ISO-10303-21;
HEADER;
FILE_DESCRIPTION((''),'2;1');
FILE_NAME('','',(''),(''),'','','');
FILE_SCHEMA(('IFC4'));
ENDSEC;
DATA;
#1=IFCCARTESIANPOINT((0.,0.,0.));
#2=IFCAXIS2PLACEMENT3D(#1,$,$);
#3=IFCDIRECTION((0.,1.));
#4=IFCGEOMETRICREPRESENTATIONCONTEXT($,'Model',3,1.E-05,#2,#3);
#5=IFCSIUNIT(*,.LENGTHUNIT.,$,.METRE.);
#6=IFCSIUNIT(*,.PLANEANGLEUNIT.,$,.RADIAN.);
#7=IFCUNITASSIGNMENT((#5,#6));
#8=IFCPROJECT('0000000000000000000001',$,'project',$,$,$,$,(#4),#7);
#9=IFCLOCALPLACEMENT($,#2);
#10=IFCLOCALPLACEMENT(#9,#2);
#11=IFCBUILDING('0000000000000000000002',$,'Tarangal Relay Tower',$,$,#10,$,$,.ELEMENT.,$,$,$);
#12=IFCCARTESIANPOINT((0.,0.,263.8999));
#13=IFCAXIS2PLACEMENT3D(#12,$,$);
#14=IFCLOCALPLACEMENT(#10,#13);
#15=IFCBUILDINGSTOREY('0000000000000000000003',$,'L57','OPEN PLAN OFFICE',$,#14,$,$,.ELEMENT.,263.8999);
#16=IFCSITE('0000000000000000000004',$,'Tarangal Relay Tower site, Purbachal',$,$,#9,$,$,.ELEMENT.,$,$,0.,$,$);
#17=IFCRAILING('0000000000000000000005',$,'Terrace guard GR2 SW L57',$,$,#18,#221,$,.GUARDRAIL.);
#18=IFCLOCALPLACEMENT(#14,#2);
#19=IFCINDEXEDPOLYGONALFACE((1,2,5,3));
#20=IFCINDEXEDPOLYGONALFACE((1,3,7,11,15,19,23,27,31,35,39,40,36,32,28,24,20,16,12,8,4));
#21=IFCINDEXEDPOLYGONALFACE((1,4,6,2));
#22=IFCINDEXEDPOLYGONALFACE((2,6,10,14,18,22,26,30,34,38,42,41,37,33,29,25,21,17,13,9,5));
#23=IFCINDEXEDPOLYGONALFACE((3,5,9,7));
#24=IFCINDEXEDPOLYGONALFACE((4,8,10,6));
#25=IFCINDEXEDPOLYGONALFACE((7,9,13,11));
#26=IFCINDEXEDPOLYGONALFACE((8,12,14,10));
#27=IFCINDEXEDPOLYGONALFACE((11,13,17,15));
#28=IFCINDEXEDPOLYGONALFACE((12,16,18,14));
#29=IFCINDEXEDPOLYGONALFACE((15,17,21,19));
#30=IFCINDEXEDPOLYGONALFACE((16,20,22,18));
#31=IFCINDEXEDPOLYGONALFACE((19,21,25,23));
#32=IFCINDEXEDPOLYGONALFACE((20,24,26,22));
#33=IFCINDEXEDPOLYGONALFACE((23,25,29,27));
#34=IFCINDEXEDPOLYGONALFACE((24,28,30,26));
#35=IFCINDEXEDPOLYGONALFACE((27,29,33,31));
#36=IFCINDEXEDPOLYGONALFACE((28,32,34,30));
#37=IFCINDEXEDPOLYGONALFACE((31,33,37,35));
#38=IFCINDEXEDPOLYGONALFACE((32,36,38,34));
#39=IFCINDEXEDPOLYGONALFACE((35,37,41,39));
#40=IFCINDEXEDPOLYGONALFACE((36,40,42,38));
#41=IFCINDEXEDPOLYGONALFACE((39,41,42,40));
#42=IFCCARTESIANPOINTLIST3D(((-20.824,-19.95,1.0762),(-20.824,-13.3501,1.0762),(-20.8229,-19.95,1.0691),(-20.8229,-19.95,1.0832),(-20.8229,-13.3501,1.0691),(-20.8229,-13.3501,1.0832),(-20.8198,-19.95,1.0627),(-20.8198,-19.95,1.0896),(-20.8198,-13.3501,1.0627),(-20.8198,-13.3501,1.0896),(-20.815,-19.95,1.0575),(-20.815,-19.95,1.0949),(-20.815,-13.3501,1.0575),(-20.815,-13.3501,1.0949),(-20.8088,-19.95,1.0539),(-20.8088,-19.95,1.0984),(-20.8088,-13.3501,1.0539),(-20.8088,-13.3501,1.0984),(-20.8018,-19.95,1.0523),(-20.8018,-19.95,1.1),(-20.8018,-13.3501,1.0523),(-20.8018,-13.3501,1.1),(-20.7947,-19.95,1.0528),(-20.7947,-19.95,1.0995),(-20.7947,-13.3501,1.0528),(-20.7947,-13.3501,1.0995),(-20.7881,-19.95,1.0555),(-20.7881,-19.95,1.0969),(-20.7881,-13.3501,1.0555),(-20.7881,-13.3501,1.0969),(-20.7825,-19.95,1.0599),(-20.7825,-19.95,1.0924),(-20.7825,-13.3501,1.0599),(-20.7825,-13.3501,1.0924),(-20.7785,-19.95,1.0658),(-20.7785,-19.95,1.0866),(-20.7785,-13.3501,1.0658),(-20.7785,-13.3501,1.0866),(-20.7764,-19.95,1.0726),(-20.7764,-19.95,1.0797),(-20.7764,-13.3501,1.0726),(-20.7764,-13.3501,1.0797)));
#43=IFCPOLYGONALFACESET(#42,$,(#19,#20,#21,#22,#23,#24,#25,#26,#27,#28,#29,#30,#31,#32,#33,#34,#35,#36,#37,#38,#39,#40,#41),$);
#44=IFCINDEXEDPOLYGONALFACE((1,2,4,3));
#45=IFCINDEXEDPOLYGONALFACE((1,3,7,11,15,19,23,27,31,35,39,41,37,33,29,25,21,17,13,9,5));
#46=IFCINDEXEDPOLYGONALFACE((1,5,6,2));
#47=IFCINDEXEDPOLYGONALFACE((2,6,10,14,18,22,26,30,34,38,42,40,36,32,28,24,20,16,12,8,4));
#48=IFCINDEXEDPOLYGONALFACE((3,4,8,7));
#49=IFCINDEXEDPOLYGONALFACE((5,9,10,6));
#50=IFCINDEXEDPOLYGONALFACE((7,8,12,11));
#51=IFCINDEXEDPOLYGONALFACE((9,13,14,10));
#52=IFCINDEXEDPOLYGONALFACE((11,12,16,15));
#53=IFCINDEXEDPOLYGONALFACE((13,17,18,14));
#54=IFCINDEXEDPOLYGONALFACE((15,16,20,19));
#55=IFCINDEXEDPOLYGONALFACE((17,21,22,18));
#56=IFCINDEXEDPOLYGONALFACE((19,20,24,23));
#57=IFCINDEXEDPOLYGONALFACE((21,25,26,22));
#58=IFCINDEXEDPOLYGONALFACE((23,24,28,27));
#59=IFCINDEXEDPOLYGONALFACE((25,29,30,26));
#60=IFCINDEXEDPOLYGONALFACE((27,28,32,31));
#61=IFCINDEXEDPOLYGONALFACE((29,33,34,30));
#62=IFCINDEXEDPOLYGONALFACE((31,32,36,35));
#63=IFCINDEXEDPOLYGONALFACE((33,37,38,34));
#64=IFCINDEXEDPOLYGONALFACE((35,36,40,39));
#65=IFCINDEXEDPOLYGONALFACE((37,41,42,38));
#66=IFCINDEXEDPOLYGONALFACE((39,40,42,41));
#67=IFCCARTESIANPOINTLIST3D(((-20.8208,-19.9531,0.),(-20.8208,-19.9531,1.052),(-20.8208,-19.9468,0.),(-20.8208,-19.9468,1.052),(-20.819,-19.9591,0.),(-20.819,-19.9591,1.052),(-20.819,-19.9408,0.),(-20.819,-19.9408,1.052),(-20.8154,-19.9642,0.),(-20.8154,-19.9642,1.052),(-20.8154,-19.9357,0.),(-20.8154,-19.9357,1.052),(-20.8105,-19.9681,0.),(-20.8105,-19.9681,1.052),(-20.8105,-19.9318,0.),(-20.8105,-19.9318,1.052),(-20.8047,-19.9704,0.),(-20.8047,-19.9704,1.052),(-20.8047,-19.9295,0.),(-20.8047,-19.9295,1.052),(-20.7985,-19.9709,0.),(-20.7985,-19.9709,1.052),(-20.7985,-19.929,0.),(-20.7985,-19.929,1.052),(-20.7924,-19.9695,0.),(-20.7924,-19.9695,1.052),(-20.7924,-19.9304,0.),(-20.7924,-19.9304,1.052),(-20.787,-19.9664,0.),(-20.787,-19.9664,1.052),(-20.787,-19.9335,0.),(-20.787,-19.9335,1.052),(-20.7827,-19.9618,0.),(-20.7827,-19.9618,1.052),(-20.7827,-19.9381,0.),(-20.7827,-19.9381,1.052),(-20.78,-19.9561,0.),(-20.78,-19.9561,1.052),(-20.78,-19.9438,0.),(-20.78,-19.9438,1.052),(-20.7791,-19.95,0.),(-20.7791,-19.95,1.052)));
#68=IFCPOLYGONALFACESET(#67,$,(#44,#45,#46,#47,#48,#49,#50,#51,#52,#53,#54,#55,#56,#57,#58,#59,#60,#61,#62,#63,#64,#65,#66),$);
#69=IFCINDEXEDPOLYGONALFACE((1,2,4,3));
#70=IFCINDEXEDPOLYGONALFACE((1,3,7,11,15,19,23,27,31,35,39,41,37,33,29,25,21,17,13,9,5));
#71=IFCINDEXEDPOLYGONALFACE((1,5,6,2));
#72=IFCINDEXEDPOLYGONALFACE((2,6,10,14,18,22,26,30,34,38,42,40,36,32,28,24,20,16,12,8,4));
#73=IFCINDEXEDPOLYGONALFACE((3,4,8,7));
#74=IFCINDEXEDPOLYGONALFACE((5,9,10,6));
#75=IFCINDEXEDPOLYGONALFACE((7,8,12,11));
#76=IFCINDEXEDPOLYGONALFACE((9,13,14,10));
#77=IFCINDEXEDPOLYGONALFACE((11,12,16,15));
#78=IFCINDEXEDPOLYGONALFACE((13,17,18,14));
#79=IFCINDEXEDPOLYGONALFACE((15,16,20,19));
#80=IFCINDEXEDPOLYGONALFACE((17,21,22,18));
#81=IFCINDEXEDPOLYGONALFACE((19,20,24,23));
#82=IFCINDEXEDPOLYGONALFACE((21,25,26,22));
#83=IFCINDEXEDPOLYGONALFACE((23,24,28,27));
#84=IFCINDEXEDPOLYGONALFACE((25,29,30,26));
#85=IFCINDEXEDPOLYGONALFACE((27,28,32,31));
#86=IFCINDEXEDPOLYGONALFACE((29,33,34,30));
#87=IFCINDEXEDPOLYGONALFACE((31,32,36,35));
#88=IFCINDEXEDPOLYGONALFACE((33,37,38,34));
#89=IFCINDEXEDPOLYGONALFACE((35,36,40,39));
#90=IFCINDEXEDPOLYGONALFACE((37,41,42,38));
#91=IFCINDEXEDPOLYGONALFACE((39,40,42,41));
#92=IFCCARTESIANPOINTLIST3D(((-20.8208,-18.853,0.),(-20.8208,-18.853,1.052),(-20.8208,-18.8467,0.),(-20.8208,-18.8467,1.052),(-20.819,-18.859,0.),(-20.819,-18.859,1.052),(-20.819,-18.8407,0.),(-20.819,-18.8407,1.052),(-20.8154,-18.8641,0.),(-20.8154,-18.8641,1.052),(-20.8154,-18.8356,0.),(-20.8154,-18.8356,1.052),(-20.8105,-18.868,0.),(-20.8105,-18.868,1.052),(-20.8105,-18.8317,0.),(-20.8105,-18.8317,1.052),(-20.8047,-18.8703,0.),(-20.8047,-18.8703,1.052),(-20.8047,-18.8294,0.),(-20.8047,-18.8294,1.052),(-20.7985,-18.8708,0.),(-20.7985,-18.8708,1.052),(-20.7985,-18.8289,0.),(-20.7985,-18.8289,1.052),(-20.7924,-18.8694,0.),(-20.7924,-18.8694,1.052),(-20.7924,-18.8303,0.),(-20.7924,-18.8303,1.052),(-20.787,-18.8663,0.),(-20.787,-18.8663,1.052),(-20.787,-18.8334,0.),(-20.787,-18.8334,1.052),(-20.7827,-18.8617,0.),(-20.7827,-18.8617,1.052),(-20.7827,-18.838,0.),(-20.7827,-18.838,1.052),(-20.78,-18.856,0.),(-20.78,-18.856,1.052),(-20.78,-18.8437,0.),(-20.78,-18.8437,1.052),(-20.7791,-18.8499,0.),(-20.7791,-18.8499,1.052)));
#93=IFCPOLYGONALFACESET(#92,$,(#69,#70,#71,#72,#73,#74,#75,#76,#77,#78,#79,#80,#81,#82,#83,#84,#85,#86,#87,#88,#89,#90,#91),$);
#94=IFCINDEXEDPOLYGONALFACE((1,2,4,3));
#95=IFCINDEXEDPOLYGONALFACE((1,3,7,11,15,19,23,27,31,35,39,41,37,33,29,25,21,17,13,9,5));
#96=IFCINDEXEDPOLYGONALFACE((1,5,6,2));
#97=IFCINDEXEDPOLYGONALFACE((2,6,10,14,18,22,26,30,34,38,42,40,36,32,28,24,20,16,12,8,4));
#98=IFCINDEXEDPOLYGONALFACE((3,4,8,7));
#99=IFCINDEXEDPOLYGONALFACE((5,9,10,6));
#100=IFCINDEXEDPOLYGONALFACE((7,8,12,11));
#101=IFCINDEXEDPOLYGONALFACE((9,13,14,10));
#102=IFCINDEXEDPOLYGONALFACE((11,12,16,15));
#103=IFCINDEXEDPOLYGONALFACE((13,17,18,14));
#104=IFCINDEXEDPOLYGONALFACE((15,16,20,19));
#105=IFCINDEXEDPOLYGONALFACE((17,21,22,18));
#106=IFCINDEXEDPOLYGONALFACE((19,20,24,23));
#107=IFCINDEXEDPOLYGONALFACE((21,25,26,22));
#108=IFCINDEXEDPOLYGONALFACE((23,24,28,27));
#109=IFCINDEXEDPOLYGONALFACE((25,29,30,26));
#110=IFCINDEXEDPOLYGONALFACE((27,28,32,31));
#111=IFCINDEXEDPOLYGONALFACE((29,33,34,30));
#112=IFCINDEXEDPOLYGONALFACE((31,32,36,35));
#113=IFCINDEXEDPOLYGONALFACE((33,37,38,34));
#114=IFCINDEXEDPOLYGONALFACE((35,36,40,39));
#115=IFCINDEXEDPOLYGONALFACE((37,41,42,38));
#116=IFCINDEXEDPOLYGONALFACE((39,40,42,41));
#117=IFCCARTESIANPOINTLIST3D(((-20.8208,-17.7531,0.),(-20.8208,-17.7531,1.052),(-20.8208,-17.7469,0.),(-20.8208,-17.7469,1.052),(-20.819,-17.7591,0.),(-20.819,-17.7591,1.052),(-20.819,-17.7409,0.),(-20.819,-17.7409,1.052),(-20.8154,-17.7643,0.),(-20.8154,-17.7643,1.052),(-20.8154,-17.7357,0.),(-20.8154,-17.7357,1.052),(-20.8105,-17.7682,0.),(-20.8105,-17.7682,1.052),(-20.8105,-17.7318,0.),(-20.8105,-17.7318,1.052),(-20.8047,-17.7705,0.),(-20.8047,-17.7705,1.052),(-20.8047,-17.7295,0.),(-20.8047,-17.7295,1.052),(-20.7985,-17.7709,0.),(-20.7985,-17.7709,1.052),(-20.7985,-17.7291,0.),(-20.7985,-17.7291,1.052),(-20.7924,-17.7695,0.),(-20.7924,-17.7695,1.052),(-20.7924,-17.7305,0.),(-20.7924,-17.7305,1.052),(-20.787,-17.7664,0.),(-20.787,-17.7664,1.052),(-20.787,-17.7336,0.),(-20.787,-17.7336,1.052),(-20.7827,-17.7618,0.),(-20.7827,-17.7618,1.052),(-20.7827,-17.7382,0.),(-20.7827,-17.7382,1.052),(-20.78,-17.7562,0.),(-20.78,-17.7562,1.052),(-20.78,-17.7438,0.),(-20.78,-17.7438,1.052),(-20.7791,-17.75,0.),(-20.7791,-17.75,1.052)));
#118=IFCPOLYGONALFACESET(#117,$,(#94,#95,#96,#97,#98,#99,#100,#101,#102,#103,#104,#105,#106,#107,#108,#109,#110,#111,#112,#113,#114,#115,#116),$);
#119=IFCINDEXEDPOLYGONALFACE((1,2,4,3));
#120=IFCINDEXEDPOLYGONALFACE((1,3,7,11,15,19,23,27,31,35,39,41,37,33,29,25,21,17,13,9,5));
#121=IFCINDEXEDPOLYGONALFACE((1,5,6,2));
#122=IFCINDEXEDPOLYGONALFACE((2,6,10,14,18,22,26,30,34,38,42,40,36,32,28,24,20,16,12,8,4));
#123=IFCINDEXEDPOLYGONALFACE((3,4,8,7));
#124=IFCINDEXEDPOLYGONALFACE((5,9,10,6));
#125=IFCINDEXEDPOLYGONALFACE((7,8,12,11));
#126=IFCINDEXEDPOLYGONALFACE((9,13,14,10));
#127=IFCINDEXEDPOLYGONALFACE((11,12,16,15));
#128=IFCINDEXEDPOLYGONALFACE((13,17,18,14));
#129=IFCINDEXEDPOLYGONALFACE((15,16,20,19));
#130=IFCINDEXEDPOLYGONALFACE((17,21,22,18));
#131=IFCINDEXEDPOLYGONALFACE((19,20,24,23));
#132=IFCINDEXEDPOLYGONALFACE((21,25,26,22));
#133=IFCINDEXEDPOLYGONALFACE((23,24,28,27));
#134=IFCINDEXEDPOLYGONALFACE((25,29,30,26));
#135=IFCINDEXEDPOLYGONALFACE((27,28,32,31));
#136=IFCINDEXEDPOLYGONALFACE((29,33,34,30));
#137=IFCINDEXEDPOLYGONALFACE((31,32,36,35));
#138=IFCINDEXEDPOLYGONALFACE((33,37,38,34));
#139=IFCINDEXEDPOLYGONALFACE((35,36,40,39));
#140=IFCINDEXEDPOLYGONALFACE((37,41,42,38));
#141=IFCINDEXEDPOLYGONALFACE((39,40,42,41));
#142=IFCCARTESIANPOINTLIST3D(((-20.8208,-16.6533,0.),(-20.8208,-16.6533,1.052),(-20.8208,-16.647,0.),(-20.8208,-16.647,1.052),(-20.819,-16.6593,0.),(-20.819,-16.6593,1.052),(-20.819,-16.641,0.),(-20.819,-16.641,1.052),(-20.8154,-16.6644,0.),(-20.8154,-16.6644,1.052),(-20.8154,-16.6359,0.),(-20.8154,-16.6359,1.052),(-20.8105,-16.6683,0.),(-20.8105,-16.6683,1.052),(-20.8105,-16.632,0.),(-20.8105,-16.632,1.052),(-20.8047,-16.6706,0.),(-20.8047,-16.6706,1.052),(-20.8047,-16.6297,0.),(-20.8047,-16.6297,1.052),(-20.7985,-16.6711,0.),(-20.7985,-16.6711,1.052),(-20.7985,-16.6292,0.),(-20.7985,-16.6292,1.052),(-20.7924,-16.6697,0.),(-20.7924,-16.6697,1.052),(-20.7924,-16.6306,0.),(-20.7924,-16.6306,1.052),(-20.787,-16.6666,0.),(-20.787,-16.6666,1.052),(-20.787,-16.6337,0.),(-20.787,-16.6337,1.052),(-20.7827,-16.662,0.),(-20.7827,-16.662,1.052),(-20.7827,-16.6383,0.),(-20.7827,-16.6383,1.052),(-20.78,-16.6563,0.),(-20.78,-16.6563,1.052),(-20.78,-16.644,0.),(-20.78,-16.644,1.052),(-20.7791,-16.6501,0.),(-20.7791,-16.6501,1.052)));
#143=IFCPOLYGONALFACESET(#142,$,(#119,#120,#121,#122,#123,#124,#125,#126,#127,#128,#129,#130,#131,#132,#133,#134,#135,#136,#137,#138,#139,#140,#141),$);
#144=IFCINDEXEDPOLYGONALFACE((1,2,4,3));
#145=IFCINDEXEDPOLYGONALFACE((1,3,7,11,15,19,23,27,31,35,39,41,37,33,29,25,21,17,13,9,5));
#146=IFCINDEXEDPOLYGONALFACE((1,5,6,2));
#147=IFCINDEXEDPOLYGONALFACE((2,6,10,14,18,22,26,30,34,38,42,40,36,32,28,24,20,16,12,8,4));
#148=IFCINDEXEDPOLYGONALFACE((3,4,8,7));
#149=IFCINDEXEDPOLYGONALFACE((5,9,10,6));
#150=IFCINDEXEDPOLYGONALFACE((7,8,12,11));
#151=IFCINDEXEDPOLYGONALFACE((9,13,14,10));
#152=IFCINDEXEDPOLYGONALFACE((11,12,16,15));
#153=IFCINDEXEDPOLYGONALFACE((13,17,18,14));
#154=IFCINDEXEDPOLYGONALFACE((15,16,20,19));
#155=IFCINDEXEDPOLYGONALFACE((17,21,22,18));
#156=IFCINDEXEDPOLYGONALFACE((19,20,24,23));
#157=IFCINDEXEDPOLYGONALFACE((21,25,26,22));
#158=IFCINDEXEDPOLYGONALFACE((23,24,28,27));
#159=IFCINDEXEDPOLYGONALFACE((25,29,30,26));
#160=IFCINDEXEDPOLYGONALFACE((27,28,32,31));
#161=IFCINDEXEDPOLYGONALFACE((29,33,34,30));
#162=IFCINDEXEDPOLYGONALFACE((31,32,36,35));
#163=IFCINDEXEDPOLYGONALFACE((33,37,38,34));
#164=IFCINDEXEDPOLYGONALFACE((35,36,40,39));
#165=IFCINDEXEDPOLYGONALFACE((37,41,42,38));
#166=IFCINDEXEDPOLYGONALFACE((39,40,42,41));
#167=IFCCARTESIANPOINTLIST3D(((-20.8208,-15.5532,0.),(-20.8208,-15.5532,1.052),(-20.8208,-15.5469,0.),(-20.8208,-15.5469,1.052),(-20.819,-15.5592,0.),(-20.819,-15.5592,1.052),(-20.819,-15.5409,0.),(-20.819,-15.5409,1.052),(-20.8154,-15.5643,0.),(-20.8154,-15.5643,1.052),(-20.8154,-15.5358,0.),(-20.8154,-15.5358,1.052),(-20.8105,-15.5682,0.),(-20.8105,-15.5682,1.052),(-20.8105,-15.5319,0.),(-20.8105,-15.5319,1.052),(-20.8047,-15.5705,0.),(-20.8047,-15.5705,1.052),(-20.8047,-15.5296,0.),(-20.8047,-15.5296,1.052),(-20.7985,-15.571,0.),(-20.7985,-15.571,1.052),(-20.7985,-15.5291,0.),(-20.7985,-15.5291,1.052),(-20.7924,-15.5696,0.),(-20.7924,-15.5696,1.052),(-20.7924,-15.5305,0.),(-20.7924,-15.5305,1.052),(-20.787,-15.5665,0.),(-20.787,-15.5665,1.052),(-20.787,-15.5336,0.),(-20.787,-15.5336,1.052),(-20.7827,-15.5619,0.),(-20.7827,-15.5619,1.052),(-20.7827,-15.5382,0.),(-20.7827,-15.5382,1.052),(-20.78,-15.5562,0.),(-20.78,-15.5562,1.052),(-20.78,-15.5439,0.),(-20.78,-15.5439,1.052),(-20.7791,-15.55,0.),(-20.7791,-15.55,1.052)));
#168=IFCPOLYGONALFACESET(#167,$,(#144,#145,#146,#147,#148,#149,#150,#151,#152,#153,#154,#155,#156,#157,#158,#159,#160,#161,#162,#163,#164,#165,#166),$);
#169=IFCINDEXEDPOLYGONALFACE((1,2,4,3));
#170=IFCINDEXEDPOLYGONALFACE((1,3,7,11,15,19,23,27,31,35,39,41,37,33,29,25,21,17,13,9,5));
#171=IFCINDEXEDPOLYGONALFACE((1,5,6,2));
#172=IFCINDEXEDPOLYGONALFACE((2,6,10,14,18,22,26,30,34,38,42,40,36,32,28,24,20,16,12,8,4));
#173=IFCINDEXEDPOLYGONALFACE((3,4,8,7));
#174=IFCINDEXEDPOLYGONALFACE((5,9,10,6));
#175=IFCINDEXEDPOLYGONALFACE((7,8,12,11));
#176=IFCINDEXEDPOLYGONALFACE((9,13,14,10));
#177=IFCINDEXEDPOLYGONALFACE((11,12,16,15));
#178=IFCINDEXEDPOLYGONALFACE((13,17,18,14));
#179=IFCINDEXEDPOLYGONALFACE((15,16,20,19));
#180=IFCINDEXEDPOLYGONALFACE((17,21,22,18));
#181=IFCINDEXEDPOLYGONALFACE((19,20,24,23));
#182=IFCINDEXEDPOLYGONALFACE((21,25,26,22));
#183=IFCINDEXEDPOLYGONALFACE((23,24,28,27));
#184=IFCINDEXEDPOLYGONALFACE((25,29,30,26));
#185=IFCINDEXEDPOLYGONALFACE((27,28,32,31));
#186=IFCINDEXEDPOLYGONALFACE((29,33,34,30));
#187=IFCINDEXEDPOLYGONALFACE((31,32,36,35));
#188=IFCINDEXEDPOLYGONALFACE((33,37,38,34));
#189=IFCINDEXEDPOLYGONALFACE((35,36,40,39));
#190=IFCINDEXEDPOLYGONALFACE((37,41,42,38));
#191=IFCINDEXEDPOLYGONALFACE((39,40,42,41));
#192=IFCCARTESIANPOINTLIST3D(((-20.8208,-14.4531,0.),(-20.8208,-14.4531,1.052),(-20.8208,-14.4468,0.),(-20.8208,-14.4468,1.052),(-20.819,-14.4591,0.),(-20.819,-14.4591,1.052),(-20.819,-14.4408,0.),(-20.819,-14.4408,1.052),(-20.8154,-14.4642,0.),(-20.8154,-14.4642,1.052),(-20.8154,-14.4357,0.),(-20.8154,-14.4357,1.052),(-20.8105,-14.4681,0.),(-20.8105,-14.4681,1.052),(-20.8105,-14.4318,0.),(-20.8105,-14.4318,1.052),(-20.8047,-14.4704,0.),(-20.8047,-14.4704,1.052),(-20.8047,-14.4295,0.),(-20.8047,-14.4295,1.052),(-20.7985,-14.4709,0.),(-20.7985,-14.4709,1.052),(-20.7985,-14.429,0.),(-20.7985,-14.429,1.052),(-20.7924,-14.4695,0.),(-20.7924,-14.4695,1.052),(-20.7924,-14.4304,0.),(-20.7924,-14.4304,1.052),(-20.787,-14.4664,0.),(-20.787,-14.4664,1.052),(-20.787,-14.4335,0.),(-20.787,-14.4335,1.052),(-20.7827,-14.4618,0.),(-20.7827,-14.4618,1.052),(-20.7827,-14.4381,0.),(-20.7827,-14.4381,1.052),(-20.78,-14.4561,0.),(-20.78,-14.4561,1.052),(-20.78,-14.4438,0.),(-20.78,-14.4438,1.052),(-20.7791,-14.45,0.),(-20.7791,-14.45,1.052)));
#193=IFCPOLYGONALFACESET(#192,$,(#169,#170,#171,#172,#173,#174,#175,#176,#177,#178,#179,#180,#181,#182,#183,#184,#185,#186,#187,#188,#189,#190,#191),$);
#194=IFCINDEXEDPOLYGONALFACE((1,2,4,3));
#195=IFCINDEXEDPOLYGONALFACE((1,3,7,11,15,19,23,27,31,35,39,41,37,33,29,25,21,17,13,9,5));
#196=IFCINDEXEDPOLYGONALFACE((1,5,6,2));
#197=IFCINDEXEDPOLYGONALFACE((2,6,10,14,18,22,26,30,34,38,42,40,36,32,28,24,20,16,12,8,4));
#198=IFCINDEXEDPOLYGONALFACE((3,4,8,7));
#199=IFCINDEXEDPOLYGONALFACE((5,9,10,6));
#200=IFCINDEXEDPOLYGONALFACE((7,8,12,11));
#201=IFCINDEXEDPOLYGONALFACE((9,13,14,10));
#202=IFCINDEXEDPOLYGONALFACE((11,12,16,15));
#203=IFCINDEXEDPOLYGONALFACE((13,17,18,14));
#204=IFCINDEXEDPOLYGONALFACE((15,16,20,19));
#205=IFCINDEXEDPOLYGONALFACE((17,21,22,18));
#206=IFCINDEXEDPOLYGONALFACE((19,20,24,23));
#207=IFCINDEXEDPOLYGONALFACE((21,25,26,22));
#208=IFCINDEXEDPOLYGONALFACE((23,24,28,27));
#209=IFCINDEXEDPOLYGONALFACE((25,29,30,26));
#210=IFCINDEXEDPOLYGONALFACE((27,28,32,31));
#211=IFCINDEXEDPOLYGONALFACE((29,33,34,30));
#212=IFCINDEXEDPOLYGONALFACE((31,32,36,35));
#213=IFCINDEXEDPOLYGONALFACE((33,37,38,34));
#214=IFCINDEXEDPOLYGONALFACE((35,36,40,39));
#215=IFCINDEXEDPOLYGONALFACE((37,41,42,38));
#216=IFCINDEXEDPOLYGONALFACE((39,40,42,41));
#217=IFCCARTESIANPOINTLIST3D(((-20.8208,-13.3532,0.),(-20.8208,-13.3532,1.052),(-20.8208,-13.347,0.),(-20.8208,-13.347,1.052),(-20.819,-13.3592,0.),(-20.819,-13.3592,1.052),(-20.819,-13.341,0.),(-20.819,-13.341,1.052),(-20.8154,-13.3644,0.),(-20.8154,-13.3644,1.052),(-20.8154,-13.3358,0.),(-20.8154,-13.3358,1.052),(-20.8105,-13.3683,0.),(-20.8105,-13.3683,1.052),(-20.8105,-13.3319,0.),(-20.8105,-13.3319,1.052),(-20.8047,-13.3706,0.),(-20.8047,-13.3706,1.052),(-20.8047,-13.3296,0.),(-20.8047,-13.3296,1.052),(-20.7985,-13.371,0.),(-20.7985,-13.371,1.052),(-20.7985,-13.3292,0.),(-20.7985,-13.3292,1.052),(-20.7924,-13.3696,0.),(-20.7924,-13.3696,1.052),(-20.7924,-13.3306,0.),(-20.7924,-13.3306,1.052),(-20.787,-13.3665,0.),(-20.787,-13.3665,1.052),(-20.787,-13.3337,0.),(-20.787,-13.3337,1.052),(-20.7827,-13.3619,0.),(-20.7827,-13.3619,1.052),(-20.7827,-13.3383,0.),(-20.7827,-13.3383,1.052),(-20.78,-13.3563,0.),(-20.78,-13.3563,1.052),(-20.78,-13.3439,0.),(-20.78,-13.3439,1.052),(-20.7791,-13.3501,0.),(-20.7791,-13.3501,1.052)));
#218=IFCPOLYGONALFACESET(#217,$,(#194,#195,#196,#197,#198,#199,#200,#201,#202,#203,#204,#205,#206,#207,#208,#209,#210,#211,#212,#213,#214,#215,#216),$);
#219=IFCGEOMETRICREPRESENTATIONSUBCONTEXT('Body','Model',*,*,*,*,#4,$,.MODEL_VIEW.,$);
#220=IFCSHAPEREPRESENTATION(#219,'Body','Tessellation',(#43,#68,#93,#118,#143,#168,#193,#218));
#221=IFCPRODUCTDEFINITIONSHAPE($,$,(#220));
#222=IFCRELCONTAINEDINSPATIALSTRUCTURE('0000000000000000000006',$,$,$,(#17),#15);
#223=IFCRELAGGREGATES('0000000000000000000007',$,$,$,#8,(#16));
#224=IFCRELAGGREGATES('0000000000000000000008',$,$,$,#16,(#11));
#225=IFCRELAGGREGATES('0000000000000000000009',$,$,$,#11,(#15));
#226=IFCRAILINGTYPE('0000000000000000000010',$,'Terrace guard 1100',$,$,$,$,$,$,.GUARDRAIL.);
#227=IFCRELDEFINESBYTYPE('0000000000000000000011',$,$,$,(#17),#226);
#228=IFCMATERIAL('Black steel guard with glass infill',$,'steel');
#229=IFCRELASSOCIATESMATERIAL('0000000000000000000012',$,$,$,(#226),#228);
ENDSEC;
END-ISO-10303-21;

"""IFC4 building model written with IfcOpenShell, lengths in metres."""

from ifc_helpers import new_model, si_unit, direction, frame, origin, origin_2d, place, context, subcontext, project, spatial, circle, extrude, material, type_object, element, save


model = new_model("IFC4")

# Units and contexts
model_context = context("Model", 3, precision=1e-05, world=origin(), true_north=direction((0.0, 1.0)))
body_context = subcontext(model_context, "Body", "Model", "MODEL_VIEW")
ifc_project = project(units=[si_unit("LENGTHUNIT", "METRE"), si_unit("PLANEANGLEUNIT", "RADIAN")], contexts=[model_context])

# Site, building, storey
site_placement = place(None, origin())
site = spatial("IfcSite", under=ifc_project, at=site_placement, Name="Tarangal Relay Tower site, Purbachal", CompositionType="ELEMENT", RefElevation=0.0)
building_placement = place(site_placement, origin())
building = spatial("IfcBuilding", under=site, at=building_placement, Name="Tarangal Relay Tower", CompositionType="ELEMENT")
storey_placement = place(building_placement, frame((0.0, 0.0, 263.8999)))
storey = spatial("IfcBuildingStorey", under=building, at=storey_placement, Name="L57", Description="OPEN PLAN OFFICE", CompositionType="ELEMENT", Elevation=263.8999)

# Railing
ifc_material_1 = material(Name="Black steel guard with glass infill", Category="steel")
railing_type = type_object("IfcRailingType", Name="Terrace guard 1100", PredefinedType="GUARDRAIL", material=ifc_material_1)
railing_1_placement = place(storey_placement, frame((-20.8, -19.95, 0.0)))
element("IfcRailing", 1, at=railing_1_placement, inside=storey, type_object=railing_type, Name="Terrace guard GR2 SW L57", PredefinedType="GUARDRAIL", context=body_context, shape_type="SweptSolid", body=[
    extrude(circle(Radius=0.0239, at=origin_2d()), frame((0.0, 0.0, 1.0762), z_axis=(0.0, 1.0, 0.0), x_axis=(-1.0, 0.0, 0.0)), (0.0, 0.0, 1.0), 6.5999),
    extrude(circle(Radius=0.021, at=origin_2d()), origin(), (0.0, 0.0, 1.0), 1.052),
    extrude(circle(Radius=0.021, at=origin_2d()), frame((0.0, 1.1001, 0.0)), (0.0, 0.0, 1.0), 1.052),
    extrude(circle(Radius=0.021, at=origin_2d()), frame((0.0, 2.2, 0.0)), (0.0, 0.0, 1.0), 1.052),
    extrude(circle(Radius=0.021, at=origin_2d()), frame((0.0, 3.2998, 0.0)), (0.0, 0.0, 1.0), 1.052),
    extrude(circle(Radius=0.021, at=origin_2d()), frame((0.0, 4.3999, 0.0)), (0.0, 0.0, 1.0), 1.052),
    extrude(circle(Radius=0.021, at=origin_2d()), frame((0.0, 5.5, 0.0)), (0.0, 0.0, 1.0), 1.052),
    extrude(circle(Radius=0.021, at=origin_2d()), frame((0.0, 6.5999, 0.0)), (0.0, 0.0, 1.0), 1.052),
])

save(model, "model.ifc")
